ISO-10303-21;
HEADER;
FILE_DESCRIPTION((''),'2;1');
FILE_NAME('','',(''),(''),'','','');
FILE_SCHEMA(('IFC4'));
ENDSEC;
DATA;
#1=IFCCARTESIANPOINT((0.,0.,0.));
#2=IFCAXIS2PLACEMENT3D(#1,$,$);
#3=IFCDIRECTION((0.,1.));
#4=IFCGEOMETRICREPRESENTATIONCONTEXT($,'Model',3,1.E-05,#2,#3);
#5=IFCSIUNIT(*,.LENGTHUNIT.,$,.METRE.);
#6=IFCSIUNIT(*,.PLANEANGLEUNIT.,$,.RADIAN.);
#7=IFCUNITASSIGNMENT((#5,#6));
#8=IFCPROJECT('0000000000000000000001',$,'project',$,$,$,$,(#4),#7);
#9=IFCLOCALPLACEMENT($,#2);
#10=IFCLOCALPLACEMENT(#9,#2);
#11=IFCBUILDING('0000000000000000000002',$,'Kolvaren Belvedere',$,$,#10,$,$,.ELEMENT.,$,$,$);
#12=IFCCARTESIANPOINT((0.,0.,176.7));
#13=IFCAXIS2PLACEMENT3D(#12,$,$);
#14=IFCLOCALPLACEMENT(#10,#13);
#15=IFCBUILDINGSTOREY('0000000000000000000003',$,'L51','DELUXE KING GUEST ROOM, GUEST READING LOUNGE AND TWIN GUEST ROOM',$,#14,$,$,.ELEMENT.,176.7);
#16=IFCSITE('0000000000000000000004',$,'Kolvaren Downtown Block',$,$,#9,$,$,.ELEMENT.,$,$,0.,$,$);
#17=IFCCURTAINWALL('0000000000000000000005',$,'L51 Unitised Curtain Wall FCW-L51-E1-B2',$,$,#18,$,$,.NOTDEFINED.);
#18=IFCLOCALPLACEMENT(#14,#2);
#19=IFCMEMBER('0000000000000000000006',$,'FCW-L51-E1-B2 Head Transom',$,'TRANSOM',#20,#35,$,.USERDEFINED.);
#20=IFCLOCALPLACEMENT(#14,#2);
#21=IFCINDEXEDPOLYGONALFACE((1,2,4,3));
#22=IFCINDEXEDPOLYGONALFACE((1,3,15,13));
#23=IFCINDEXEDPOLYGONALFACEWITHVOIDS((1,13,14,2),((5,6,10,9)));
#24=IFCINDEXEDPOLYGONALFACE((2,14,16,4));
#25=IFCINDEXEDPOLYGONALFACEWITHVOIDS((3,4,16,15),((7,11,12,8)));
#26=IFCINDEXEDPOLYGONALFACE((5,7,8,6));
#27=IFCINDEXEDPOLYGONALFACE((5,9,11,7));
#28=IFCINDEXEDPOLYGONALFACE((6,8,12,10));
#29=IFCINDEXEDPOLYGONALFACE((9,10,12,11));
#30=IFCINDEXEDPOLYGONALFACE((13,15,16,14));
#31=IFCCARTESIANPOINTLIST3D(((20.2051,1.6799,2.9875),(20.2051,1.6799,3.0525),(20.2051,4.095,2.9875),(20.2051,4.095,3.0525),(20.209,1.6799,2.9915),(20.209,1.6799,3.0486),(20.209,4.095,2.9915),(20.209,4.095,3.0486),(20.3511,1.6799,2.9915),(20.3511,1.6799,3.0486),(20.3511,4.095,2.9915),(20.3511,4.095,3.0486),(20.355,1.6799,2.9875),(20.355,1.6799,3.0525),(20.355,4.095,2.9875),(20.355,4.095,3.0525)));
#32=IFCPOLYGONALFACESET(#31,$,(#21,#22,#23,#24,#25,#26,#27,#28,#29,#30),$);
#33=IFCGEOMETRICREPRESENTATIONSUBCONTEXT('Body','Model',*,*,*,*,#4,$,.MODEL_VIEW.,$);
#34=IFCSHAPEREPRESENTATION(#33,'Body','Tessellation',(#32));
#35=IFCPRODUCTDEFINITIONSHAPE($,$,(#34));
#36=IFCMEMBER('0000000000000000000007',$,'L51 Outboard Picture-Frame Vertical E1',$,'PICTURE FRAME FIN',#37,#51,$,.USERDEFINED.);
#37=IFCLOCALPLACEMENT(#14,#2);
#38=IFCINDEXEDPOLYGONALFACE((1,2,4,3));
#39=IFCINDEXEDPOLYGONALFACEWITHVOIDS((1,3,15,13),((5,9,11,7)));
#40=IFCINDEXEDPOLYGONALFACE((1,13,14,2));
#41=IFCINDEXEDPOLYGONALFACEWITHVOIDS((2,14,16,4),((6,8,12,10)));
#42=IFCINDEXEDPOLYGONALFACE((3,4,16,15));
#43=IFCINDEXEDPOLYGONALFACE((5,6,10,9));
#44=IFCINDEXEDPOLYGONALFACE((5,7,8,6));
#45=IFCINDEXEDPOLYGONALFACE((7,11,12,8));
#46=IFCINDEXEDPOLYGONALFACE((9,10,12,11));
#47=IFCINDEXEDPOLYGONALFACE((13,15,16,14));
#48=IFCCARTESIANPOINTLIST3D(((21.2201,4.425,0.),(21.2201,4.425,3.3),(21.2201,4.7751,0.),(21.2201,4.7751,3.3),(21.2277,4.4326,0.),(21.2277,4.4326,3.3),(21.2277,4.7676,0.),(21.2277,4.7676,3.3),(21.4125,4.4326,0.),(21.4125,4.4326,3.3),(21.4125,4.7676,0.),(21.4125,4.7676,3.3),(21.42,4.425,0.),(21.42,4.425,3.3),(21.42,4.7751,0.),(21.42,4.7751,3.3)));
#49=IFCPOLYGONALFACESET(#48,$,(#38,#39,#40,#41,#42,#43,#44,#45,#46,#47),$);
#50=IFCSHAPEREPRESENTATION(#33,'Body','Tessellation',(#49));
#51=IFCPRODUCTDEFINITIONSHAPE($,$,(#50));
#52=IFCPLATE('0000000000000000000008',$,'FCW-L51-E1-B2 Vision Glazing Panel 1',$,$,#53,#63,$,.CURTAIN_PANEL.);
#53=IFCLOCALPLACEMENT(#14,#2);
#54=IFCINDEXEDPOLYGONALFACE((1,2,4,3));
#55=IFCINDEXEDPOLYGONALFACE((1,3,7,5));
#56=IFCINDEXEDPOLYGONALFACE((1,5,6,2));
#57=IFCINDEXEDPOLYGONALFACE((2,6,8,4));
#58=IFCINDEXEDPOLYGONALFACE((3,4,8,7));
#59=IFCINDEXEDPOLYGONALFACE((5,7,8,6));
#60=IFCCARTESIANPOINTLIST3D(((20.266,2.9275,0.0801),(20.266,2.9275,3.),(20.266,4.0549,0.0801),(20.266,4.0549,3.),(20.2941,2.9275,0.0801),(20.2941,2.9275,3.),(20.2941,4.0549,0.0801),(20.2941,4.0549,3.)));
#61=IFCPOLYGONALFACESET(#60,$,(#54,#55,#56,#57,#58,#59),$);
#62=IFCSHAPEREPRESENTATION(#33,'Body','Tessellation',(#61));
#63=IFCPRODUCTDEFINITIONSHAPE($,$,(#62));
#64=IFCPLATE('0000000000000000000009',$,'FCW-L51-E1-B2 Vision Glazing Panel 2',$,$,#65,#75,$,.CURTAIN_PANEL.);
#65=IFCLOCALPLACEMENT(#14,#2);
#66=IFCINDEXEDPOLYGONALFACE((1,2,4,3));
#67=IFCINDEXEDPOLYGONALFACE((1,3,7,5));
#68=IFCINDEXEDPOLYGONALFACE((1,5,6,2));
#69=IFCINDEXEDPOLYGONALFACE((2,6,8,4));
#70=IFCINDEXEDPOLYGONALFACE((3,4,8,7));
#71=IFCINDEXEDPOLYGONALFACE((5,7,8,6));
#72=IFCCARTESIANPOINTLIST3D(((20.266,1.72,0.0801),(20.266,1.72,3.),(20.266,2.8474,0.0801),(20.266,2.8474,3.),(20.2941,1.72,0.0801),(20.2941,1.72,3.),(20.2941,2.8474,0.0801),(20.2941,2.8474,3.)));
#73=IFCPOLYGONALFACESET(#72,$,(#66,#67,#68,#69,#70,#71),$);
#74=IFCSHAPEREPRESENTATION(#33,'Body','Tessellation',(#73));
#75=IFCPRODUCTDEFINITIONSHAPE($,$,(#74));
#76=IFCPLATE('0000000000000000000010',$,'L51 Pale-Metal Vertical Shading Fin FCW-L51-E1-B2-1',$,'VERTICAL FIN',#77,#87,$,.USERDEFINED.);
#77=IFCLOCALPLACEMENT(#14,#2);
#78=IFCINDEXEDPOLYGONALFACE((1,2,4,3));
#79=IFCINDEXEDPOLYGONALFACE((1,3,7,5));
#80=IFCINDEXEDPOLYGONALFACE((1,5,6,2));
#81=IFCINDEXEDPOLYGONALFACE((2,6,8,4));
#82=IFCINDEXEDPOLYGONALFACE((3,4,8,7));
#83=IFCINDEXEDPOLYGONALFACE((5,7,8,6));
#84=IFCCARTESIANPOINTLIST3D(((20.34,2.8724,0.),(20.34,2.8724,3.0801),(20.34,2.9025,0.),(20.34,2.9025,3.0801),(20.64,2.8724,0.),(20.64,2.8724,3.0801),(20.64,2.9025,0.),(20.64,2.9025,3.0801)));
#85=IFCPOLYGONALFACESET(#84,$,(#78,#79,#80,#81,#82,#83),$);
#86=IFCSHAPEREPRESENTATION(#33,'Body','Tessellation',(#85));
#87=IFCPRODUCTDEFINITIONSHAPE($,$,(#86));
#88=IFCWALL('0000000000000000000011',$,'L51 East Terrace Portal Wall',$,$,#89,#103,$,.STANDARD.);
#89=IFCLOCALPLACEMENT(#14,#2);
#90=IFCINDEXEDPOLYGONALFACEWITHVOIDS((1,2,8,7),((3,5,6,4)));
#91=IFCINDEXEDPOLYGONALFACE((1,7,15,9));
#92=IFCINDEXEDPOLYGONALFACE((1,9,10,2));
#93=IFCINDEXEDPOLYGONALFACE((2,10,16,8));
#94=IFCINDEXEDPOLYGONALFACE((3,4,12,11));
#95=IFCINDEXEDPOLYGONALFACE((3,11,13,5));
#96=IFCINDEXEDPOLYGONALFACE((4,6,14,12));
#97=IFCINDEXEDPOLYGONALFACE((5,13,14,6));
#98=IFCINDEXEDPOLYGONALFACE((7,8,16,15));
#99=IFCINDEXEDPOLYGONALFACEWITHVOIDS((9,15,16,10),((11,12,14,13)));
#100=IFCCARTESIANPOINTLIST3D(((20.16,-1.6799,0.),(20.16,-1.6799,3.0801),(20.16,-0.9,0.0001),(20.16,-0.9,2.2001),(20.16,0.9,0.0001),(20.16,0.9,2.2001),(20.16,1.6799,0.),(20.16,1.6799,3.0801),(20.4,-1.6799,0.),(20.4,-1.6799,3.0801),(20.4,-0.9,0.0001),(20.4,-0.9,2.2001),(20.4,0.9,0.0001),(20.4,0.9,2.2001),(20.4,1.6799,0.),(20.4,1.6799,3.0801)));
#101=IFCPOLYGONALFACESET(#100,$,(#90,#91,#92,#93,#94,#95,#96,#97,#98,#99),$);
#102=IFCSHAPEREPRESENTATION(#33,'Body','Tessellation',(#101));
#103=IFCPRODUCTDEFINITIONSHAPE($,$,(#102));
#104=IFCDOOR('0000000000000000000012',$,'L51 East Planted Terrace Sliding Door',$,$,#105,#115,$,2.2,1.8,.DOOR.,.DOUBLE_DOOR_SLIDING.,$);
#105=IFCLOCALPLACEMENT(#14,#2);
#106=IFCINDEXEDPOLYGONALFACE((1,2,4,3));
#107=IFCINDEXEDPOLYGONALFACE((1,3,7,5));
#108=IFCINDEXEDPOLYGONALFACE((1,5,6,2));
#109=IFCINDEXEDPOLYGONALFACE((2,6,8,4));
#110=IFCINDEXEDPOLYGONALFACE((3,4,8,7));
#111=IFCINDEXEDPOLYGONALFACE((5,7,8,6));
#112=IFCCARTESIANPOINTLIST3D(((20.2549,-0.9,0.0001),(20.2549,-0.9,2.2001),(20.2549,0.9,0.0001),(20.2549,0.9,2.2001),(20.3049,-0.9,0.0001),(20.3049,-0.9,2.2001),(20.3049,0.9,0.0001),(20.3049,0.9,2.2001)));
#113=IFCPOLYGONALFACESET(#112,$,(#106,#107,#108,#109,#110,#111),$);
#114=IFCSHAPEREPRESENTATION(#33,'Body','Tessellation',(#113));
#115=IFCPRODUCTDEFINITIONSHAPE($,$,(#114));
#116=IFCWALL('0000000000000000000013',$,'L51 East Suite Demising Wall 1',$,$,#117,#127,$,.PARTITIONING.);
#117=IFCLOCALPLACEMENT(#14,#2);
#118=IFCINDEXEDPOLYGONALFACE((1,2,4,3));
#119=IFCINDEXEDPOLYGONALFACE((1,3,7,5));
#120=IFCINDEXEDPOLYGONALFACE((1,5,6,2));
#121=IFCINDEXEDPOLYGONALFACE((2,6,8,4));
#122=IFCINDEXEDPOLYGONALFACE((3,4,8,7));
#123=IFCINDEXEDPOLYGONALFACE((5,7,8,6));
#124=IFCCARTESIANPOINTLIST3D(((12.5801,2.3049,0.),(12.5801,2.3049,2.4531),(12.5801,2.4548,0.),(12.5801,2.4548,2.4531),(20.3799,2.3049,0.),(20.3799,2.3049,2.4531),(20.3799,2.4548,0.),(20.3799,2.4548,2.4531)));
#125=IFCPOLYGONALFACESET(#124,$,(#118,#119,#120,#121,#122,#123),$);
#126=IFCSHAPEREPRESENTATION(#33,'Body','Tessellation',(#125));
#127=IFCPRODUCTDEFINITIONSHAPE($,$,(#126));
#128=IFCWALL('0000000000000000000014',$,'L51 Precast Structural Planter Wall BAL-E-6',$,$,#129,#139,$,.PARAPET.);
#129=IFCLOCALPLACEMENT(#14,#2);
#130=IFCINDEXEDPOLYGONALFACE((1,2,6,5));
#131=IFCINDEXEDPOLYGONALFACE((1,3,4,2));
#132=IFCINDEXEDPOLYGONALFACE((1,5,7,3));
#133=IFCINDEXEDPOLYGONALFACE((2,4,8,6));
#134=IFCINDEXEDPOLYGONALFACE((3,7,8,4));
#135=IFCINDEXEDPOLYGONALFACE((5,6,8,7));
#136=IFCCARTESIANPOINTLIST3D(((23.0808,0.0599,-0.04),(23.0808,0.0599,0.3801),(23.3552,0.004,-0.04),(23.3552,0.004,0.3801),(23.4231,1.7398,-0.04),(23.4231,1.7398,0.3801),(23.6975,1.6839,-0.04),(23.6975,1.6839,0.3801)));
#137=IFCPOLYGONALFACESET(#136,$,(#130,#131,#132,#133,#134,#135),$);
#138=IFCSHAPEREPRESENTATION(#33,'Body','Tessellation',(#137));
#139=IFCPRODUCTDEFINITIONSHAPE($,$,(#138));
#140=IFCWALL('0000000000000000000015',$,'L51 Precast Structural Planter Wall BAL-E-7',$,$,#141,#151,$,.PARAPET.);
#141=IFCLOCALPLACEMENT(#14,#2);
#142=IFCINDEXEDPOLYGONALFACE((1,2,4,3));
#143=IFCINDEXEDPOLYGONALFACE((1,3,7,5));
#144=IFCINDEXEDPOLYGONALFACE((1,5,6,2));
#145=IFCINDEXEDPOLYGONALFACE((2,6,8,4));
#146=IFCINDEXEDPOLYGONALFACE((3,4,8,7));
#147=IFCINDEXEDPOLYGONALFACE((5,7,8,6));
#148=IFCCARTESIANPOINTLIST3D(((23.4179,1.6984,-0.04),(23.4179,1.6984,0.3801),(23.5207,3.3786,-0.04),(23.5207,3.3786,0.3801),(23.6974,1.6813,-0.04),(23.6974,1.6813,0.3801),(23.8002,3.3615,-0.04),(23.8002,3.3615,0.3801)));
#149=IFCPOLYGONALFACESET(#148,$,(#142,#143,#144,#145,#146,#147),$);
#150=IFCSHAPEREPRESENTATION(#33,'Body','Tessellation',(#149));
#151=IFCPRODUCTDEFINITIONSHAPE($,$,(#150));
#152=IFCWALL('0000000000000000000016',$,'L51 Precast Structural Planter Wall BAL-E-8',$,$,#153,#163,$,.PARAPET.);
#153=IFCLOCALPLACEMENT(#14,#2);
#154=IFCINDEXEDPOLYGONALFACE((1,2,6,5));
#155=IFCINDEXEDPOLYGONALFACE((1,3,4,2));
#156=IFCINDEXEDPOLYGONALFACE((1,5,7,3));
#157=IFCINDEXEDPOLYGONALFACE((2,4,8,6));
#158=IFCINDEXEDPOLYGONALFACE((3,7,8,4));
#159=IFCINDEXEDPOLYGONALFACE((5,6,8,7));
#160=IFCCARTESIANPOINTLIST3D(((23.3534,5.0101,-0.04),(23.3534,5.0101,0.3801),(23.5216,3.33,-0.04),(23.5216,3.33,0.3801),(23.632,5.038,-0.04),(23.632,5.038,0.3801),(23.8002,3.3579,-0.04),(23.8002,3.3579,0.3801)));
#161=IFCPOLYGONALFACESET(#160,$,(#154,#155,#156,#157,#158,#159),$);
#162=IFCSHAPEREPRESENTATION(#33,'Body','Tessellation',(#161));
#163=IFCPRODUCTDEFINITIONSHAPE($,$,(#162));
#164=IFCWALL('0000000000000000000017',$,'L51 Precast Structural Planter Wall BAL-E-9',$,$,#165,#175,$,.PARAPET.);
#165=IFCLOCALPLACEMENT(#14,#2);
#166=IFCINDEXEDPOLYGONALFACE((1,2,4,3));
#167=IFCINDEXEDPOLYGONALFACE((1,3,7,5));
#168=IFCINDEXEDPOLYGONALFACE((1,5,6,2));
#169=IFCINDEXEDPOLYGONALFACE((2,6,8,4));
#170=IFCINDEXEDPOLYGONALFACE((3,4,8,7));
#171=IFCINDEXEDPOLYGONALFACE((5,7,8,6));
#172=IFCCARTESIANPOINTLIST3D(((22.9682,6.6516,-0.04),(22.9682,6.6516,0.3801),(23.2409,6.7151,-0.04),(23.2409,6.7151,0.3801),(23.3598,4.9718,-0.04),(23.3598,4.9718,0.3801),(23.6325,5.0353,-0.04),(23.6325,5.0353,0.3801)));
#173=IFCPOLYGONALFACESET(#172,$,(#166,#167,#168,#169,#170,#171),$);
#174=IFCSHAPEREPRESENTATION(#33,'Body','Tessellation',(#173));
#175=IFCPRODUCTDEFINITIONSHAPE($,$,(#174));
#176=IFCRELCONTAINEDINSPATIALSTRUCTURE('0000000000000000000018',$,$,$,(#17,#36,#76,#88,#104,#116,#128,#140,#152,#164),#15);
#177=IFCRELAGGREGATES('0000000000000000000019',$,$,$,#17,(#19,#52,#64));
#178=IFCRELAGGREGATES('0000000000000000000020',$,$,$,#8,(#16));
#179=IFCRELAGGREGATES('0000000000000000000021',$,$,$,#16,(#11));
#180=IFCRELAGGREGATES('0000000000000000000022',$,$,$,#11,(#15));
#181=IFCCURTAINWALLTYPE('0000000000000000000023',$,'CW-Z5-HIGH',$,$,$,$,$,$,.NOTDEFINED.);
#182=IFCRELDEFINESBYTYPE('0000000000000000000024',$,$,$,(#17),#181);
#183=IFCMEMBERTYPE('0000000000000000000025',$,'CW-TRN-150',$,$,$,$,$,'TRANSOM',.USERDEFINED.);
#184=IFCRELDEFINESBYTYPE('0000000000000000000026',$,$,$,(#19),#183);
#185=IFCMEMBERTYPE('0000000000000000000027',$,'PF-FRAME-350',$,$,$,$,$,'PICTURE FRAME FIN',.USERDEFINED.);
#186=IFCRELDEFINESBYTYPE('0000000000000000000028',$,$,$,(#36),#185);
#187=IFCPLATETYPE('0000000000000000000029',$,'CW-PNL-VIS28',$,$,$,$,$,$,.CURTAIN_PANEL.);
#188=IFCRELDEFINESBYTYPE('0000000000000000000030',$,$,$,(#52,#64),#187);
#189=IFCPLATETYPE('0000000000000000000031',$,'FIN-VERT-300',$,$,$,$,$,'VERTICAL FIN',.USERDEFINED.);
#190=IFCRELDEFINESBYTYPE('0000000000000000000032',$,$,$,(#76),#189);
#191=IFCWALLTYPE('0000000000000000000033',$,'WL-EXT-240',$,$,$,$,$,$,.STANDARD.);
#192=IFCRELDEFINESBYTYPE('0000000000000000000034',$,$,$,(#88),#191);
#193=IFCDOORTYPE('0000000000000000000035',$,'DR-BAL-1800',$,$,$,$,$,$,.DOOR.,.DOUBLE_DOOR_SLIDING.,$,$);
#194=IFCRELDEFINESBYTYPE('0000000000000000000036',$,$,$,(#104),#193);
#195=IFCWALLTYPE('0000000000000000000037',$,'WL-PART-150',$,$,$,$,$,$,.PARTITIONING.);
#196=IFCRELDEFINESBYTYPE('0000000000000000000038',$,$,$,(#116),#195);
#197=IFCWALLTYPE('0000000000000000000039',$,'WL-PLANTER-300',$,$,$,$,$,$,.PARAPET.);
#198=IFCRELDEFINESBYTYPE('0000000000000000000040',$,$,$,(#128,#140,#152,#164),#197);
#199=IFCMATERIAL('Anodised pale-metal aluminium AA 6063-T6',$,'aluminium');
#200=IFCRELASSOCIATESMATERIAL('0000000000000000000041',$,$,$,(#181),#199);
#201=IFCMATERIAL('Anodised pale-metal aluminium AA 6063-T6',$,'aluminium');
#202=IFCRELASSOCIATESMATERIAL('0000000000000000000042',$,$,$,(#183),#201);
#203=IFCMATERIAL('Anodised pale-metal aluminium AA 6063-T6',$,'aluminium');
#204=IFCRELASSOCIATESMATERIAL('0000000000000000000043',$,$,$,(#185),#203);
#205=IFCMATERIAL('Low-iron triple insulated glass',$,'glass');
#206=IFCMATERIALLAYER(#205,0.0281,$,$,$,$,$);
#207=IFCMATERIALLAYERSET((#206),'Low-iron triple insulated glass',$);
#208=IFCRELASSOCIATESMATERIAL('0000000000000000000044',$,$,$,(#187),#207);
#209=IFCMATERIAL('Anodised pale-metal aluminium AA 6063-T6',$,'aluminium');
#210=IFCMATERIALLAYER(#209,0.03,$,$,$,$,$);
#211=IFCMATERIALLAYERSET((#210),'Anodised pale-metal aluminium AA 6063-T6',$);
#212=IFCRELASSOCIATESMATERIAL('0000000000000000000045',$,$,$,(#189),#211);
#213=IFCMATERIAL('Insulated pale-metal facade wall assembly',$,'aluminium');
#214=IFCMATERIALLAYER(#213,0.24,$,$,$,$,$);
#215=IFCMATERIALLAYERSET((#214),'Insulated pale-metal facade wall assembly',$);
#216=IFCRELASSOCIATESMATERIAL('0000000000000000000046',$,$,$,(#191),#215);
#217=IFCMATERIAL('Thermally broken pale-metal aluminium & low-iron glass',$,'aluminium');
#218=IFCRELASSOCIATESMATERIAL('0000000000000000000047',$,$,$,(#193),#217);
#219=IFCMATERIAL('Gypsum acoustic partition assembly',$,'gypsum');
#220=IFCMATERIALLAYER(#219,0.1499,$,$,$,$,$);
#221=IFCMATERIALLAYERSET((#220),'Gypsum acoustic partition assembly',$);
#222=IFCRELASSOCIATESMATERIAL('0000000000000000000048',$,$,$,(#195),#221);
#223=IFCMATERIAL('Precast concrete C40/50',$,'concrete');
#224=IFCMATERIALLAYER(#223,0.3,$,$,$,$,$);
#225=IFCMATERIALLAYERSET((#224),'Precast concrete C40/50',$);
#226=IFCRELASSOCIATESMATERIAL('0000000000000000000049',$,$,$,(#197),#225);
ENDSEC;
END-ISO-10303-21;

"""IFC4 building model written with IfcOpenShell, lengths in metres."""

from ifc_helpers import new_model, si_unit, direction, frame, frame_2d, origin, origin_2d, place, context, subcontext, project, spatial, rectangle, hollow_rectangle, extrude, material, layer, layer_set, material_profile, profile_set, type_object, element, fill, aggregate, save


model = new_model("IFC4")

# Units and contexts
model_context = context("Model", 3, precision=1e-05, world=origin(), true_north=direction((0.0, 1.0)))
body_context = subcontext(model_context, "Body", "Model", "MODEL_VIEW")
ifc_project = project(units=[si_unit("LENGTHUNIT", "METRE"), si_unit("PLANEANGLEUNIT", "RADIAN")], contexts=[model_context])

# Site, building, storey
site_placement = place(None, origin())
site = spatial("IfcSite", under=ifc_project, at=site_placement, Name="Kolvaren Downtown Block", CompositionType="ELEMENT", RefElevation=0.0)
building_placement = place(site_placement, origin())
building = spatial("IfcBuilding", under=site, at=building_placement, Name="Kolvaren Belvedere", CompositionType="ELEMENT")
storey_placement = place(building_placement, frame((0.0, 0.0, 176.7)))
storey = spatial("IfcBuildingStorey", under=building, at=storey_placement, Name="L51", Description="DELUXE KING GUEST ROOM, GUEST READING LOUNGE AND TWIN GUEST ROOM", CompositionType="ELEMENT", Elevation=176.7)

# Curtain wall, member
ifc_material_1 = material(Name="Anodised pale-metal aluminium AA 6063-T6", Category="aluminium")
curtain_wall_type = type_object("IfcCurtainWallType", Name="CW-Z5-HIGH", PredefinedType="NOTDEFINED", material=ifc_material_1)
curtain_wall_placement = place(storey_placement, origin())
curtain_wall = element("IfcCurtainWall", 1, at=curtain_wall_placement, inside=storey, type_object=curtain_wall_type, Name="L51 Unitised Curtain Wall FCW-L51-E1-B2", PredefinedType="NOTDEFINED")
ifc_material_2 = material(Name="Anodised pale-metal aluminium AA 6063-T6", Category="aluminium")
ifc_material_profile_1 = material_profile(ifc_material_2, hollow_rectangle(XDim=0.0649, YDim=0.1499, WallThickness=0.0039, at=origin_2d()), Name="ALU-TRN-150X65")
ifc_profile_set_1 = profile_set([ifc_material_profile_1], Name="Anodised pale-metal aluminium AA 6063-T6")
member_type_1 = type_object("IfcMemberType", Name="CW-TRN-150", ElementType="TRANSOM", PredefinedType="USERDEFINED", material=ifc_profile_set_1)
member_1_placement = place(storey_placement, frame((20.28, 4.095, 3.02), z_axis=(0.0, -1.0, 0.0), x_axis=(0.0, 0.0, 1.0)))
member_1 = element("IfcMember", 2, at=member_1_placement, type_object=member_type_1, Name="FCW-L51-E1-B2 Head Transom", ObjectType="TRANSOM", PredefinedType="USERDEFINED", context=body_context, shape_type="SweptSolid", body=[
    extrude(hollow_rectangle(XDim=0.0649, YDim=0.1499, WallThickness=0.0039, at=origin_2d()), origin(), (0.0, 0.0, 1.0), 2.415),
])

# Member
ifc_material_3 = material(Name="Anodised pale-metal aluminium AA 6063-T6", Category="aluminium")
ifc_material_profile_2 = material_profile(ifc_material_3, hollow_rectangle(XDim=0.2, YDim=0.3501, WallThickness=0.0076, at=origin_2d()), Name="ALU-PF-350X200")
ifc_profile_set_2 = profile_set([ifc_material_profile_2], Name="Anodised pale-metal aluminium AA 6063-T6")
member_type_2 = type_object("IfcMemberType", Name="PF-FRAME-350", ElementType="PICTURE FRAME FIN", PredefinedType="USERDEFINED", material=ifc_profile_set_2)
member_2_placement = place(storey_placement, frame((21.3201, 4.6001, 0.0), z_axis=(0.0, 0.0, 1.0), x_axis=(1.0, 0.0, 0.0)))
element("IfcMember", 3, at=member_2_placement, inside=storey, type_object=member_type_2, Name="L51 Outboard Picture-Frame Vertical E1", ObjectType="PICTURE FRAME FIN", PredefinedType="USERDEFINED", context=body_context, shape_type="SweptSolid", body=[
    extrude(hollow_rectangle(XDim=0.2, YDim=0.3501, WallThickness=0.0076, at=origin_2d()), origin(), (0.0, 0.0, 1.0), 3.3),
])

# Plates
ifc_material_4 = material(Name="Low-iron triple insulated glass", Category="glass")
ifc_layer_1 = layer(ifc_material_4, 0.0281)
ifc_layer_set_1 = layer_set([ifc_layer_1], Name="Low-iron triple insulated glass")
plate_type_1 = type_object("IfcPlateType", Name="CW-PNL-VIS28", PredefinedType="CURTAIN_PANEL", material=ifc_layer_set_1)
plate_1_placement = place(storey_placement, frame((20.28, 3.4912, 0.0801), z_axis=(0.0, 0.0, 1.0), x_axis=(0.0, -1.0, 0.0)))
plate_1 = element("IfcPlate", 4, at=plate_1_placement, type_object=plate_type_1, Name="FCW-L51-E1-B2 Vision Glazing Panel 1", PredefinedType="CURTAIN_PANEL", context=body_context, shape_type="SweptSolid", body=[
    extrude(rectangle(XDim=1.1274, YDim=0.0281, at=origin_2d()), origin(), (0.0, 0.0, 1.0), 2.9199),
])
plate_2_placement = place(storey_placement, frame((20.28, 2.2837, 0.0801), z_axis=(0.0, 0.0, 1.0), x_axis=(0.0, -1.0, 0.0)))
plate_2 = element("IfcPlate", 5, at=plate_2_placement, type_object=plate_type_1, Name="FCW-L51-E1-B2 Vision Glazing Panel 2", PredefinedType="CURTAIN_PANEL", context=body_context, shape_type="SweptSolid", body=[
    extrude(rectangle(XDim=1.1274, YDim=0.0281, at=origin_2d()), origin(), (0.0, 0.0, 1.0), 2.9199),
])
aggregate(curtain_wall, [member_1, plate_1, plate_2])
ifc_material_5 = material(Name="Anodised pale-metal aluminium AA 6063-T6", Category="aluminium")
ifc_layer_2 = layer(ifc_material_5, 0.03)
ifc_layer_set_2 = layer_set([ifc_layer_2], Name="Anodised pale-metal aluminium AA 6063-T6")
plate_type_2 = type_object("IfcPlateType", Name="FIN-VERT-300", ElementType="VERTICAL FIN", PredefinedType="USERDEFINED", material=ifc_layer_set_2)
plate_3_placement = place(storey_placement, frame((20.49, 2.8875, 0.0), z_axis=(0.0, 0.0, 1.0), x_axis=(1.0, 0.0, 0.0)))
element("IfcPlate", 6, at=plate_3_placement, inside=storey, type_object=plate_type_2, Name="L51 Pale-Metal Vertical Shading Fin FCW-L51-E1-B2-1", ObjectType="VERTICAL FIN", PredefinedType="USERDEFINED", context=body_context, shape_type="SweptSolid", body=[
    extrude(rectangle(XDim=0.3, YDim=0.03, at=origin_2d()), origin(), (0.0, 0.0, 1.0), 3.0801),
])

# Wall, opening, door
ifc_material_6 = material(Name="Insulated pale-metal facade wall assembly", Category="aluminium")
ifc_layer_3 = layer(ifc_material_6, 0.24)
ifc_layer_set_3 = layer_set([ifc_layer_3], Name="Insulated pale-metal facade wall assembly")
wall_type_1 = type_object("IfcWallType", Name="WL-EXT-240", PredefinedType="STANDARD", material=ifc_layer_set_3)
wall_1_placement = place(storey_placement, frame((20.28, 1.6799, 0.0), z_axis=(0.0, 0.0, 1.0), x_axis=(0.0, -1.0, 0.0)))
wall_1 = element("IfcWall", 7, at=wall_1_placement, inside=storey, type_object=wall_type_1, Name="L51 East Terrace Portal Wall", PredefinedType="STANDARD", context=body_context, shape_type="SweptSolid", body=[
    extrude(rectangle(XDim=3.3599, YDim=0.24, at=frame_2d((1.6799, 0.0))), origin(), (0.0, 0.0, 1.0), 3.0801),
])
opening_1_placement = place(wall_1_placement, frame((0.78, 0.0, 0.0)))
opening_1 = element("IfcOpeningElement", 8, at=opening_1_placement, cuts=wall_1, PredefinedType="OPENING", context=body_context, shape_type="SweptSolid", body=[
    extrude(rectangle(XDim=1.8, YDim=2.2, at=frame_2d((0.8999, 1.1001))), frame((0.0, 0.1299, 0.0), z_axis=(0.0, -1.0, 0.0), x_axis=(1.0, 0.0, 0.0)), (0.0, 0.0, 1.0), 0.26),
])
ifc_material_7 = material(Name="Thermally broken pale-metal aluminium & low-iron glass", Category="aluminium")
door_type_1 = type_object("IfcDoorType", Name="DR-BAL-1800", OperationType="DOUBLE_DOOR_SLIDING", PredefinedType="DOOR", material=ifc_material_7)
door_1_placement = place(opening_1_placement, origin())
door_1 = element("IfcDoor", 9, at=door_1_placement, inside=storey, type_object=door_type_1, Name="L51 East Planted Terrace Sliding Door", OperationType="DOUBLE_DOOR_SLIDING", OverallHeight=2.2, OverallWidth=1.8, PredefinedType="DOOR", context=body_context, shape_type="SweptSolid", body=[
    extrude(rectangle(XDim=1.8, YDim=2.2, at=frame_2d((0.8999, 1.1001))), frame((0.0, 0.0249, 0.0), z_axis=(0.0, -1.0, 0.0), x_axis=(1.0, 0.0, 0.0)), (0.0, 0.0, 1.0), 0.05),
])
fill(opening_1, door_1)

# Walls
ifc_material_8 = material(Name="Gypsum acoustic partition assembly", Category="gypsum")
ifc_layer_4 = layer(ifc_material_8, 0.1499)
ifc_layer_set_4 = layer_set([ifc_layer_4], Name="Gypsum acoustic partition assembly")
wall_type_2 = type_object("IfcWallType", Name="WL-PART-150", PredefinedType="PARTITIONING", material=ifc_layer_set_4)
wall_2_placement = place(storey_placement, frame((12.5801, 2.3799, 0.0), z_axis=(0.0, 0.0, 1.0), x_axis=(1.0, 0.0, 0.0)))
element("IfcWall", 10, at=wall_2_placement, inside=storey, type_object=wall_type_2, Name="L51 East Suite Demising Wall 1", PredefinedType="PARTITIONING", context=body_context, shape_type="SweptSolid", body=[
    extrude(rectangle(XDim=7.7998, YDim=0.1499, at=frame_2d((3.8999, 0.0))), origin(), (0.0, 0.0, 1.0), 2.4531),
])
ifc_material_9 = material(Name="Precast concrete C40/50", Category="concrete")
ifc_layer_5 = layer(ifc_material_9, 0.3)
ifc_layer_set_5 = layer_set([ifc_layer_5], Name="Precast concrete C40/50")
wall_type_3 = type_object("IfcWallType", Name="WL-PLANTER-300", PredefinedType="PARAPET", material=ifc_layer_set_5)
wall_3_placement = place(storey_placement, frame((23.218, 0.032, -0.04), z_axis=(0.0, 0.0, 1.0), x_axis=(0.199648, 0.979868, 0.0)))
element("IfcWall", 11, at=wall_3_placement, inside=storey, type_object=wall_type_3, Name="L51 Precast Structural Planter Wall BAL-E-6", PredefinedType="PARAPET", context=body_context, shape_type="SweptSolid", body=[
    extrude(rectangle(XDim=1.7144, YDim=0.28, at=frame_2d((0.8572, 0.0))), origin(), (0.0, 0.0, 1.0), 0.4202),
])
wall_4_placement = place(storey_placement, frame((23.5576, 1.6897, -0.04), z_axis=(0.0, 0.0, 1.0), x_axis=(0.06106, 0.998134, 0.0)))
element("IfcWall", 12, at=wall_4_placement, inside=storey, type_object=wall_type_3, Name="L51 Precast Structural Planter Wall BAL-E-7", PredefinedType="PARAPET", context=body_context, shape_type="SweptSolid", body=[
    extrude(rectangle(XDim=1.6833, YDim=0.28, at=frame_2d((0.8418, 0.0))), origin(), (0.0, 0.0, 1.0), 0.4202),
])
wall_5_placement = place(storey_placement, frame((23.6609, 3.344, -0.04), z_axis=(0.0, 0.0, 1.0), x_axis=(-0.099618, 0.995026, 0.0)))
element("IfcWall", 13, at=wall_5_placement, inside=storey, type_object=wall_type_3, Name="L51 Precast Structural Planter Wall BAL-E-8", PredefinedType="PARAPET", context=body_context, shape_type="SweptSolid", body=[
    extrude(rectangle(XDim=1.6885, YDim=0.28, at=frame_2d((0.8442, 0.0))), origin(), (0.0, 0.0, 1.0), 0.4202),
])
wall_6_placement = place(storey_placement, frame((23.4961, 5.0037, -0.04), z_axis=(0.0, 0.0, 1.0), x_axis=(-0.227019, 0.97389, 0.0)))
element("IfcWall", 14, at=wall_6_placement, inside=storey, type_object=wall_type_3, Name="L51 Precast Structural Planter Wall BAL-E-9", PredefinedType="PARAPET", context=body_context, shape_type="SweptSolid", body=[
    extrude(rectangle(XDim=1.7249, YDim=0.28, at=frame_2d((0.8623, 0.0))), origin(), (0.0, 0.0, 1.0), 0.4202),
])

save(model, "model.ifc")
